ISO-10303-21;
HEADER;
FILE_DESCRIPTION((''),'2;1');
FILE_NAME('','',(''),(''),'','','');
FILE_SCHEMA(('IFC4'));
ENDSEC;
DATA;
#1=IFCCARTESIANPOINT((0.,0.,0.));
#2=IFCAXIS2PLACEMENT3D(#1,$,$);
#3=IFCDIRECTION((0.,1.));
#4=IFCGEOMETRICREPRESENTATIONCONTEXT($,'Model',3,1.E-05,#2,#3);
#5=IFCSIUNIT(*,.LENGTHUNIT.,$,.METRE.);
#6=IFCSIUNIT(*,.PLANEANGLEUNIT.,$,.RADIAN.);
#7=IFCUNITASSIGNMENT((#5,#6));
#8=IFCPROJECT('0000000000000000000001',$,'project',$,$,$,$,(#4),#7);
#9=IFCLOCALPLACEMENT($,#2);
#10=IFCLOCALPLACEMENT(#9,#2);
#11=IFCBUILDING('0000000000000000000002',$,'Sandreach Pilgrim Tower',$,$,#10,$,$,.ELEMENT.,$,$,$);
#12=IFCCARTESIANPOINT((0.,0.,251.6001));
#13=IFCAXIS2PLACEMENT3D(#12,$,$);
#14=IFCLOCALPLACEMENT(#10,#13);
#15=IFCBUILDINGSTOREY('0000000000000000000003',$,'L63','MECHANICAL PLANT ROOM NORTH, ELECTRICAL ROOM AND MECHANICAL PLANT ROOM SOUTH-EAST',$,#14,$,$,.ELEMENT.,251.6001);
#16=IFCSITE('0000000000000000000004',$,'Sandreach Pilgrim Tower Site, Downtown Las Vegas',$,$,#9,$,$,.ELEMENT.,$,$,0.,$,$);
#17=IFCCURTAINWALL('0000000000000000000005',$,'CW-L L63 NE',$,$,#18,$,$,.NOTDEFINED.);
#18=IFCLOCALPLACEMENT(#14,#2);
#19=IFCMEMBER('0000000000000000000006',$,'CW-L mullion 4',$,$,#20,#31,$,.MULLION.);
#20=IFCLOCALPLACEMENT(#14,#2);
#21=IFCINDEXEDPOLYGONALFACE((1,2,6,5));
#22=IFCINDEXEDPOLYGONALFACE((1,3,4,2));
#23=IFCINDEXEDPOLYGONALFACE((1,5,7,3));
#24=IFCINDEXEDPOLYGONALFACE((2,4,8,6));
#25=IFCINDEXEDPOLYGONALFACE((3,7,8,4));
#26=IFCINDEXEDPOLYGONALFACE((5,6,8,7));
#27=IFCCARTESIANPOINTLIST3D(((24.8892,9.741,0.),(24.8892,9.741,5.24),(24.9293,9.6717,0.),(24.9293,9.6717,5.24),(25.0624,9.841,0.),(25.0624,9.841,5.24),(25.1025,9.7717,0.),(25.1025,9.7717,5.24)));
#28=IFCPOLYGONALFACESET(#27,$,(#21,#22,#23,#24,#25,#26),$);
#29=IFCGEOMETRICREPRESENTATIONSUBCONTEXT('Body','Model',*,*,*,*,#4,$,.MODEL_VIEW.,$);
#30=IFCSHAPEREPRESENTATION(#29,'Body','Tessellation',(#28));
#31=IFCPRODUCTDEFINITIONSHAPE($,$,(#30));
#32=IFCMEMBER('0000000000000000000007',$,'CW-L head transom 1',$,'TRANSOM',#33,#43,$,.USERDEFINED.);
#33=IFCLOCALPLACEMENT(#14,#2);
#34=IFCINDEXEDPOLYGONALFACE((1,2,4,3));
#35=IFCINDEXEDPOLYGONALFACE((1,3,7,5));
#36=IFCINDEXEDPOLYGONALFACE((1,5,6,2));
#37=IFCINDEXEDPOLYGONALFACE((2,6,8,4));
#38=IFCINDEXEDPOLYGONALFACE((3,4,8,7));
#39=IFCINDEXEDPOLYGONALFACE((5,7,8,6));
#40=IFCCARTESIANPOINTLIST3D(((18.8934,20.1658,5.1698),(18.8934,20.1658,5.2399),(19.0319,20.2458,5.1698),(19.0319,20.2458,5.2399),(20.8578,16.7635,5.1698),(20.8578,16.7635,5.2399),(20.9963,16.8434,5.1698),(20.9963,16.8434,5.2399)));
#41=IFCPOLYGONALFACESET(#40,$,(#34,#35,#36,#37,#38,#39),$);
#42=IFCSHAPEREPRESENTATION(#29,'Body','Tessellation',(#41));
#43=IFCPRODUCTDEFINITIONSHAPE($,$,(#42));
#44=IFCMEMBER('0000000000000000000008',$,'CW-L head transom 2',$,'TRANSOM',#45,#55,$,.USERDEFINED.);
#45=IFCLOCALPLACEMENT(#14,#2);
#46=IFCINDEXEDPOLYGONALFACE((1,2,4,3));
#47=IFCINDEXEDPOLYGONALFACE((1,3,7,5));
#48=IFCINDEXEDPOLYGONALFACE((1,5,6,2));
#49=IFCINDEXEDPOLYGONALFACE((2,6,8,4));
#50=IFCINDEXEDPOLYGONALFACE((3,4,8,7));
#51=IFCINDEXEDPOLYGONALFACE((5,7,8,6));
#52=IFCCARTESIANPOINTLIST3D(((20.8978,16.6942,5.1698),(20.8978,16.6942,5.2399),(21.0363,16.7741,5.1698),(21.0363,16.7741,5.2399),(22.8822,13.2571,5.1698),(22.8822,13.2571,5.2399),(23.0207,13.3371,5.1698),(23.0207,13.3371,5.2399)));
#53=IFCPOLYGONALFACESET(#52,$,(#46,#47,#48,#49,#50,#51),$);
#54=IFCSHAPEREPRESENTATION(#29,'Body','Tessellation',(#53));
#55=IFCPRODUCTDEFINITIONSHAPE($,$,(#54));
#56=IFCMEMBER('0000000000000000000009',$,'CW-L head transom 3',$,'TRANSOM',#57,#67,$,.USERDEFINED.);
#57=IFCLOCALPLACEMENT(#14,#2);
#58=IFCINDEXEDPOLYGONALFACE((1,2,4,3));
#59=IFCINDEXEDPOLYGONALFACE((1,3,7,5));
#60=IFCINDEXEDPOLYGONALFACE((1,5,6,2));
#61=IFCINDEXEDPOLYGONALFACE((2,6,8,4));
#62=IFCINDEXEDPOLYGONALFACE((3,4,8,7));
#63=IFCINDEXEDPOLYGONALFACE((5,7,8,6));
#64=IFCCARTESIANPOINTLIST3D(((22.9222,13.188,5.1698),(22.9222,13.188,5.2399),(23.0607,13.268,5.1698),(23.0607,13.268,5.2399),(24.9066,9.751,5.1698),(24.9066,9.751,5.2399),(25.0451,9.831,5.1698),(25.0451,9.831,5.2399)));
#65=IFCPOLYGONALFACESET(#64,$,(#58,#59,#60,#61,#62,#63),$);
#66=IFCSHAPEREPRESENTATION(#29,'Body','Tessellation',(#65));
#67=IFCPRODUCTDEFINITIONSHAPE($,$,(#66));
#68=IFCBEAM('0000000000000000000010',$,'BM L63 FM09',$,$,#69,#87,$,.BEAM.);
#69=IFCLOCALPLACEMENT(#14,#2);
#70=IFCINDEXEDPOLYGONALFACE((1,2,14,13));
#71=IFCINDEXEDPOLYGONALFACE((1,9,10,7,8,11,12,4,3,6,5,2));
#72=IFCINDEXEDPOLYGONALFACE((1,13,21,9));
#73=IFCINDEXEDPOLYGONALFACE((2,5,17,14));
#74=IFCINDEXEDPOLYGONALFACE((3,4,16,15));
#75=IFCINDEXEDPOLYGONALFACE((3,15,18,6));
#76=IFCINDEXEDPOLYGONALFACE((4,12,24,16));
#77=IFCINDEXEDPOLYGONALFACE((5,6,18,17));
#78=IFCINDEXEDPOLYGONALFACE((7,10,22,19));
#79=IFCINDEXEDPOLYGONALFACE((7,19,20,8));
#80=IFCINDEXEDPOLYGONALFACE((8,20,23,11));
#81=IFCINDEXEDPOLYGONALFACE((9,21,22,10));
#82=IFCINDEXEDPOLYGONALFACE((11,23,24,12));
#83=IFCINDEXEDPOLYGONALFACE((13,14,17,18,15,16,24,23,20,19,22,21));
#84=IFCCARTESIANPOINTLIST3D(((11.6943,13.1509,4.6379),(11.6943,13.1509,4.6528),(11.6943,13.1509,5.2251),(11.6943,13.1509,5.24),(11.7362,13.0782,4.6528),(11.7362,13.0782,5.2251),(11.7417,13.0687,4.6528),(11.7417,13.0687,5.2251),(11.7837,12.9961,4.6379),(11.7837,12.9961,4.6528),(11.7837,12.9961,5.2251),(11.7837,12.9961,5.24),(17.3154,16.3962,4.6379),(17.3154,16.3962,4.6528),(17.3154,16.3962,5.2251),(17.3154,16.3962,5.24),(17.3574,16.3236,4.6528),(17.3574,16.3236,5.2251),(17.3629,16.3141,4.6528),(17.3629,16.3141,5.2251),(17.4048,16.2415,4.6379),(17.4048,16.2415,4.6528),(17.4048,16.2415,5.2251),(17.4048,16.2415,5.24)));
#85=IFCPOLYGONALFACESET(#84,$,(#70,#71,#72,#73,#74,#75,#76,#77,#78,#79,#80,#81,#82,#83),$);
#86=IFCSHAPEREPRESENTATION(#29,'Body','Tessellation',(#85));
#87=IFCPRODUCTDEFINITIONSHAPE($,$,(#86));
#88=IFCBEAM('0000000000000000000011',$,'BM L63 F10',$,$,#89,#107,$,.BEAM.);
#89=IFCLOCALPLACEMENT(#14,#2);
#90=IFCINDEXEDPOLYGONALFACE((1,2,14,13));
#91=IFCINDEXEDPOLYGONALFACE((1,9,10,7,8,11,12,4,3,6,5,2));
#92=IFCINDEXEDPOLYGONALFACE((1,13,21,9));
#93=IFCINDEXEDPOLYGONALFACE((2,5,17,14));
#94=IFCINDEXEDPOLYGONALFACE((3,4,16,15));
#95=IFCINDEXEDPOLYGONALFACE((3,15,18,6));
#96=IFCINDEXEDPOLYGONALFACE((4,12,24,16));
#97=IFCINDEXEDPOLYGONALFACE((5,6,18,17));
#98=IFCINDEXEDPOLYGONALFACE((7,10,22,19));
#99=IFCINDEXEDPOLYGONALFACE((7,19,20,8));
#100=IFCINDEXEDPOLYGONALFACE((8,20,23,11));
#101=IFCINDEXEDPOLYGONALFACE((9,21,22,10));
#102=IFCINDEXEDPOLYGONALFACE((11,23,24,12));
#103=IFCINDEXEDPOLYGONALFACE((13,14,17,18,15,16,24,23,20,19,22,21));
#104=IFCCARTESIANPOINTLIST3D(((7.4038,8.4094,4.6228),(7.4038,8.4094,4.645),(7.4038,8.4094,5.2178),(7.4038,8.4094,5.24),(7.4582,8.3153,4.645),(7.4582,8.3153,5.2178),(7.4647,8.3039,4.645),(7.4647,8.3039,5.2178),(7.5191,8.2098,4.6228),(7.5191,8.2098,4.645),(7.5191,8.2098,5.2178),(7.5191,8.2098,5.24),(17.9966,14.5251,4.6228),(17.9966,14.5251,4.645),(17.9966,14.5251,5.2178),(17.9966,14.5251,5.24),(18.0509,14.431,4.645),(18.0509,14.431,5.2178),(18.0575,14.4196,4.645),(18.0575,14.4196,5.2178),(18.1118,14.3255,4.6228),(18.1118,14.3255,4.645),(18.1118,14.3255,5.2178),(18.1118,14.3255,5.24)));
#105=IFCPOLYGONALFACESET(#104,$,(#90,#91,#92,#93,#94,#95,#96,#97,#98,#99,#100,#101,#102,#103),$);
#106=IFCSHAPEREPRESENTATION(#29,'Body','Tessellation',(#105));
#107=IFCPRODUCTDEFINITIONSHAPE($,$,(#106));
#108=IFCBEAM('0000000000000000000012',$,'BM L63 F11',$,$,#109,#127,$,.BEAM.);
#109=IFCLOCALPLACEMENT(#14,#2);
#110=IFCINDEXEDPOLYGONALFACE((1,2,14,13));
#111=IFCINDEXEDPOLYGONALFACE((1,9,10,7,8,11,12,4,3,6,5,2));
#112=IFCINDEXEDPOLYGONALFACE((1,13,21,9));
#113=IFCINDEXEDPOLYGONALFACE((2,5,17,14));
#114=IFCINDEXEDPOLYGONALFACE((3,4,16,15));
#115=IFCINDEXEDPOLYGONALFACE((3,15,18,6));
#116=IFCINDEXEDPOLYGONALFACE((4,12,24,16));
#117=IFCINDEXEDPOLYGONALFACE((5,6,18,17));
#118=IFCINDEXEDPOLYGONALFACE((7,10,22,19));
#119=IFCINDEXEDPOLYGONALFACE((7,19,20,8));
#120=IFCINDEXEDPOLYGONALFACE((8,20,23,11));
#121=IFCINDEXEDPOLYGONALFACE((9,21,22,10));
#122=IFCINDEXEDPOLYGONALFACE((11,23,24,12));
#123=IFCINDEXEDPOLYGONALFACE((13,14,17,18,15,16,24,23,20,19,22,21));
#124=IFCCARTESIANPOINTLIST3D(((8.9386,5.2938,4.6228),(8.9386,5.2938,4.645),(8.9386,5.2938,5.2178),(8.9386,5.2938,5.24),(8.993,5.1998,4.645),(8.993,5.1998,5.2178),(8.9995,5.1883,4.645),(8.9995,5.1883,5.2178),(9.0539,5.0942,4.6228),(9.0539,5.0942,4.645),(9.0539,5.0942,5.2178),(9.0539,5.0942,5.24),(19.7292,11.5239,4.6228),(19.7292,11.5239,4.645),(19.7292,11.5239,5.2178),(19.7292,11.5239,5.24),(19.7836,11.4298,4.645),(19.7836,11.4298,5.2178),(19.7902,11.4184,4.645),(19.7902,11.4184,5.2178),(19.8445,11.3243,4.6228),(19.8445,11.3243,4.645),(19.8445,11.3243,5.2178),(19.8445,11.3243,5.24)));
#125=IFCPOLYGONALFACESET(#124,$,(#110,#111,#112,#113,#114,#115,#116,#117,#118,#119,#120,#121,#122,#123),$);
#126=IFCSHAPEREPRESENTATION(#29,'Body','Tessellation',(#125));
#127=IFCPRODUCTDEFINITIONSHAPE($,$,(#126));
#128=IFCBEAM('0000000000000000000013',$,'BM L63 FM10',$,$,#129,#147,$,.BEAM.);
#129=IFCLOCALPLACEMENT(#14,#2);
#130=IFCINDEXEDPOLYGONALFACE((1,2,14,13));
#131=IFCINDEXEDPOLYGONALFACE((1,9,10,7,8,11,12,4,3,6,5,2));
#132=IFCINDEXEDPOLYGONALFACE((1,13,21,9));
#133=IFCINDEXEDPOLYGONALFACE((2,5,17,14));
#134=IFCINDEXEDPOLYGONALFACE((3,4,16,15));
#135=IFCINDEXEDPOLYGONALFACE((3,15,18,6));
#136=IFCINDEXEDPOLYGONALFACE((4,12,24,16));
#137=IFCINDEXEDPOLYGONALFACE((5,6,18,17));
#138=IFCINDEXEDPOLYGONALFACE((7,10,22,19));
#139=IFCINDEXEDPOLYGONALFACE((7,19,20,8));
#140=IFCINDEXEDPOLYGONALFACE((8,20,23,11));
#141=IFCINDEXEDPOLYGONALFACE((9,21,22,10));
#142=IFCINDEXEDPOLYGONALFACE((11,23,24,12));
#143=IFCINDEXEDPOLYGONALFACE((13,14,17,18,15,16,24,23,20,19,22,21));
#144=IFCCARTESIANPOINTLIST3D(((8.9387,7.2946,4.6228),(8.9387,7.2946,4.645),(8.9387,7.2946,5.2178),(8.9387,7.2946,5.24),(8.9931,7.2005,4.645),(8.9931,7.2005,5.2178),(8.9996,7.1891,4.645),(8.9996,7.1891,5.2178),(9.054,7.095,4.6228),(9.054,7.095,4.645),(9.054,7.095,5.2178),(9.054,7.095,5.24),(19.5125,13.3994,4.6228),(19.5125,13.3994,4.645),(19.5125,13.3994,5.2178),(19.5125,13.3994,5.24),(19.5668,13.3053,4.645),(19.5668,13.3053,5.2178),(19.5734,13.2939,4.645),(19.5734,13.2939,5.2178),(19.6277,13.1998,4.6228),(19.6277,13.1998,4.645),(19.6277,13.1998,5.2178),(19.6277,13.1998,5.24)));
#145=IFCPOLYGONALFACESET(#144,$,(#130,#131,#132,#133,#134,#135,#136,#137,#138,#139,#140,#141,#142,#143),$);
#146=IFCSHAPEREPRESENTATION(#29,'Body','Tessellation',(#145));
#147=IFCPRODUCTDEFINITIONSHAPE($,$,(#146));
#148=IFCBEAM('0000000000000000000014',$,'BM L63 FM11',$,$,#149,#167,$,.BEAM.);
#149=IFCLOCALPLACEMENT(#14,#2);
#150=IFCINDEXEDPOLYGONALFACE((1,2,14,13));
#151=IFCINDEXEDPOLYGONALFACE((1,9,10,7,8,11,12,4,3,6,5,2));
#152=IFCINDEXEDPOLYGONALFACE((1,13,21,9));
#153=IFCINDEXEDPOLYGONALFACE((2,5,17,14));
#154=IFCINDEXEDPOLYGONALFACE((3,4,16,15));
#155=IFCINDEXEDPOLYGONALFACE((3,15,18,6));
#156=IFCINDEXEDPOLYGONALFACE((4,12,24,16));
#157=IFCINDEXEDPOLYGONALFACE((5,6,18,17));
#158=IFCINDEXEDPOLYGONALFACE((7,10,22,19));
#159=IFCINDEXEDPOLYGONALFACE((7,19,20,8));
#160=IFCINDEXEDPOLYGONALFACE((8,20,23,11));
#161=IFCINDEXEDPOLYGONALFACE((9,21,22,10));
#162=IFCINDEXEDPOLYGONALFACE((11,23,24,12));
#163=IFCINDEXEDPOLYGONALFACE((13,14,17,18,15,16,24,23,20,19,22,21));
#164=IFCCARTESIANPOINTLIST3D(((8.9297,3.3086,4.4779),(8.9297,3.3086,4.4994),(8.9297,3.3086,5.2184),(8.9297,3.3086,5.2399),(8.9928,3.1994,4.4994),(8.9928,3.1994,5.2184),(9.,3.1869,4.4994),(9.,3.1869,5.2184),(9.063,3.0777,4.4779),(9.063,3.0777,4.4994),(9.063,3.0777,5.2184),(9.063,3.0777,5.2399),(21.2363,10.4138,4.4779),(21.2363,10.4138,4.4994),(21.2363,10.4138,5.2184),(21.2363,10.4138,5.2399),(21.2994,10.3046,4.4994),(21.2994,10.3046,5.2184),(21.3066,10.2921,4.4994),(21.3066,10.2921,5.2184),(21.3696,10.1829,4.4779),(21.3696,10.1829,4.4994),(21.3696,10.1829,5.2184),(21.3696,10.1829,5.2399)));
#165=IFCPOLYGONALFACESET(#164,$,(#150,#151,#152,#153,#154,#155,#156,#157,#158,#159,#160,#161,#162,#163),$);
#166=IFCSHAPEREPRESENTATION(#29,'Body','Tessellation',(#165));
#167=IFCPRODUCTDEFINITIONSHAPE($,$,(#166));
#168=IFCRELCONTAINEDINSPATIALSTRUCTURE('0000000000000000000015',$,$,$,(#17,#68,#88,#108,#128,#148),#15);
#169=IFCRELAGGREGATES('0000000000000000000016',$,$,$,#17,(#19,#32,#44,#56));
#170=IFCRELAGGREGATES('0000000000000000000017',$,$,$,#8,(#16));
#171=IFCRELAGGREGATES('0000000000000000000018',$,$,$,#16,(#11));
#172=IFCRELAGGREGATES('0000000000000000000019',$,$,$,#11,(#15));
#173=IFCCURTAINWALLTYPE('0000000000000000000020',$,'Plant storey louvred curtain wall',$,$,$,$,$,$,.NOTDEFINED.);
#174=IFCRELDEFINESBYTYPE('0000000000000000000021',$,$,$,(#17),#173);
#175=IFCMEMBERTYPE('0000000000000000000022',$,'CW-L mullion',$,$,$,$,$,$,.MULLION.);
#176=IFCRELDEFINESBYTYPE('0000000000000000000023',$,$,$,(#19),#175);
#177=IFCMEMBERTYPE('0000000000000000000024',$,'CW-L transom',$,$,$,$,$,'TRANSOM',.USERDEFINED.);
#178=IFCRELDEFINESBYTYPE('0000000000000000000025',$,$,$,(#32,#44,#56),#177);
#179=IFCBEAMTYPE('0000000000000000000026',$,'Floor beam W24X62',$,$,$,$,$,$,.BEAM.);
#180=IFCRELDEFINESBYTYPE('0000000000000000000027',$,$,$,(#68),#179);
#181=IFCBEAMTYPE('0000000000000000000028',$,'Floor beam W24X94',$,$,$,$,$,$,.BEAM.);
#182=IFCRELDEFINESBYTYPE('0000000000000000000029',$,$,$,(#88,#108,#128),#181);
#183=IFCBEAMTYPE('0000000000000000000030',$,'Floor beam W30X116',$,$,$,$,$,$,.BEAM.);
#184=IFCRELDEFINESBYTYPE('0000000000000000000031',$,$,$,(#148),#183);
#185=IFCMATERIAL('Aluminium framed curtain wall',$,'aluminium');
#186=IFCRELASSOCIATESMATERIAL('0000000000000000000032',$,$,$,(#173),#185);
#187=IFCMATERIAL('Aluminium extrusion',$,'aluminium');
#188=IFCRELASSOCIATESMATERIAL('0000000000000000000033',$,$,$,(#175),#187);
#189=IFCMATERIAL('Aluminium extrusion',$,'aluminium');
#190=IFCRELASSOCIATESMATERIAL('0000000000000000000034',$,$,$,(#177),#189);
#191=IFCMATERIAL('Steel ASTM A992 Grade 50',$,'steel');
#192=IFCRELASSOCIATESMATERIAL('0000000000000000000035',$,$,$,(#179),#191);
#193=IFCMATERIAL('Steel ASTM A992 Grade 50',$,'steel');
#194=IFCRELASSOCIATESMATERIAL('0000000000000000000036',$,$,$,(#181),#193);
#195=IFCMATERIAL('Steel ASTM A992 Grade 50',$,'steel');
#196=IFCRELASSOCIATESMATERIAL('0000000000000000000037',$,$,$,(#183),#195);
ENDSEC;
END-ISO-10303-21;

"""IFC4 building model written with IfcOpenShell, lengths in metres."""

from ifc_helpers import new_model, si_unit, direction, frame, origin, origin_2d, place, context, subcontext, project, spatial, rectangle, i_section, extrude, material, material_profile, profile_set, type_object, element, aggregate, save


model = new_model("IFC4")

# Units and contexts
model_context = context("Model", 3, precision=1e-05, world=origin(), true_north=direction((0.0, 1.0)))
body_context = subcontext(model_context, "Body", "Model", "MODEL_VIEW")
ifc_project = project(units=[si_unit("LENGTHUNIT", "METRE"), si_unit("PLANEANGLEUNIT", "RADIAN")], contexts=[model_context])

# Site, building, storey
site_placement = place(None, origin())
site = spatial("IfcSite", under=ifc_project, at=site_placement, Name="Sandreach Pilgrim Tower Site, Downtown Las Vegas", CompositionType="ELEMENT", RefElevation=0.0)
building_placement = place(site_placement, origin())
building = spatial("IfcBuilding", under=site, at=building_placement, Name="Sandreach Pilgrim Tower", CompositionType="ELEMENT")
storey_placement = place(building_placement, frame((0.0, 0.0, 251.6001)))
storey = spatial("IfcBuildingStorey", under=building, at=storey_placement, Name="L63", Description="MECHANICAL PLANT ROOM NORTH, ELECTRICAL ROOM AND MECHANICAL PLANT ROOM SOUTH-EAST", CompositionType="ELEMENT", Elevation=251.6001)

# Shared definitions
ifc_material_1 = material(Name="Aluminium framed curtain wall", Category="aluminium")
curtain_wall_type = type_object("IfcCurtainWallType", Name="Plant storey louvred curtain wall", PredefinedType="NOTDEFINED", material=ifc_material_1)
ifc_material_2 = material(Name="Aluminium extrusion", Category="aluminium")
ifc_material_profile_1 = material_profile(ifc_material_2, rectangle(XDim=0.0801, YDim=0.2, at=origin_2d()), Name="CW-LM 80X200")
ifc_profile_set_1 = profile_set([ifc_material_profile_1], Name="Aluminium extrusion")
member_type_1 = type_object("IfcMemberType", Name="CW-L mullion", PredefinedType="MULLION", material=ifc_profile_set_1)

# Curtain wall, members
curtain_wall_1_placement = place(storey_placement, origin())
curtain_wall_1 = element("IfcCurtainWall", 1, at=curtain_wall_1_placement, inside=storey, type_object=curtain_wall_type, Name="CW-L L63 NE", PredefinedType="NOTDEFINED")
member_1_placement = place(storey_placement, frame((24.9958, 9.7563, 0.0), z_axis=(0.0, 0.0, 1.0), x_axis=(0.5, -0.866025, 0.0)))
member_1 = element("IfcMember", 2, at=member_1_placement, type_object=member_type_1, Name="CW-L mullion 4", PredefinedType="MULLION", context=body_context, shape_type="SweptSolid", body=[
    extrude(rectangle(XDim=0.0801, YDim=0.2, at=origin_2d()), origin(), (0.0, 0.0, 1.0), 5.24),
])
ifc_material_3 = material(Name="Aluminium extrusion", Category="aluminium")
ifc_material_profile_2 = material_profile(ifc_material_3, rectangle(XDim=0.1599, YDim=0.0701, at=origin_2d()), Name="CW-LT 160X70")
ifc_profile_set_2 = profile_set([ifc_material_profile_2], Name="Aluminium extrusion")
member_type_2 = type_object("IfcMemberType", Name="CW-L transom", ElementType="TRANSOM", PredefinedType="USERDEFINED", material=ifc_profile_set_2)
member_2_placement = place(storey_placement, frame((18.9626, 20.2058, 5.2048), z_axis=(0.500002, -0.866024, 0.0), x_axis=(0.866024, 0.500002, 0.0)))
member_2 = element("IfcMember", 3, at=member_2_placement, type_object=member_type_2, Name="CW-L head transom 1", ObjectType="TRANSOM", PredefinedType="USERDEFINED", context=body_context, shape_type="SweptSolid", body=[
    extrude(rectangle(XDim=0.1599, YDim=0.0701, at=origin_2d()), origin(), (0.0, 0.0, 1.0), 3.9287),
])
member_3_placement = place(storey_placement, frame((20.967, 16.7341, 5.2048), z_axis=(0.500003, -0.866024, 0.0), x_axis=(0.866024, 0.500003, 0.0)))
member_3 = element("IfcMember", 4, at=member_3_placement, type_object=member_type_2, Name="CW-L head transom 2", ObjectType="TRANSOM", PredefinedType="USERDEFINED", context=body_context, shape_type="SweptSolid", body=[
    extrude(rectangle(XDim=0.1599, YDim=0.0701, at=origin_2d()), origin(), (0.0, 0.0, 1.0), 3.9688),
])
member_4_placement = place(storey_placement, frame((22.9915, 13.228, 5.2048), z_axis=(0.500003, -0.866024, 0.0), x_axis=(0.866024, 0.500003, 0.0)))
member_4 = element("IfcMember", 5, at=member_4_placement, type_object=member_type_2, Name="CW-L head transom 3", ObjectType="TRANSOM", PredefinedType="USERDEFINED", context=body_context, shape_type="SweptSolid", body=[
    extrude(rectangle(XDim=0.1599, YDim=0.0701, at=origin_2d()), origin(), (0.0, 0.0, 1.0), 3.9688),
])

# Beams
ifc_material_4 = material(Name="Steel ASTM A992 Grade 50", Category="steel")
ifc_material_profile_3 = material_profile(ifc_material_4, i_section(OverallWidth=0.1787, OverallDepth=0.6021, WebThickness=0.011, FlangeThickness=0.0149, at=origin_2d()), Name="W24X62")
ifc_profile_set_3 = profile_set([ifc_material_profile_3], Name="Steel ASTM A992 Grade 50")
beam_type_1 = type_object("IfcBeamType", Name="Floor beam W24X62", PredefinedType="BEAM", material=ifc_profile_set_3)
beam_1_placement = place(storey_placement, frame((17.3601, 16.3188, 4.939), z_axis=(-0.866024, -0.500002, 0.0), x_axis=(0.500002, -0.866024, 0.0)))
element("IfcBeam", 6, at=beam_1_placement, inside=storey, type_object=beam_type_1, Name="BM L63 FM09", PredefinedType="BEAM", context=body_context, shape_type="SweptSolid", body=[
    extrude(i_section(OverallWidth=0.1787, OverallDepth=0.6021, WebThickness=0.011, FlangeThickness=0.0149, at=origin_2d()), origin(), (0.0, 0.0, 1.0), 6.4907),
])
ifc_material_5 = material(Name="Steel ASTM A992 Grade 50", Category="steel")
ifc_material_profile_4 = material_profile(ifc_material_5, i_section(OverallWidth=0.2305, OverallDepth=0.6172, WebThickness=0.0132, FlangeThickness=0.0222, at=origin_2d()), Name="W24X94")
ifc_profile_set_4 = profile_set([ifc_material_profile_4], Name="Steel ASTM A992 Grade 50")
beam_type_2 = type_object("IfcBeamType", Name="Floor beam W24X94", PredefinedType="BEAM", material=ifc_profile_set_4)
beam_2_placement = place(storey_placement, frame((18.0542, 14.4253, 4.9314), z_axis=(-0.866026, -0.499999, 0.0), x_axis=(0.499999, -0.866026, 0.0)))
element("IfcBeam", 7, at=beam_2_placement, inside=storey, type_object=beam_type_2, Name="BM L63 F10", PredefinedType="BEAM", context=body_context, shape_type="SweptSolid", body=[
    extrude(i_section(OverallWidth=0.2305, OverallDepth=0.6172, WebThickness=0.0132, FlangeThickness=0.0222, at=origin_2d()), origin(), (0.0, 0.0, 1.0), 12.2314),
])
beam_3_placement = place(storey_placement, frame((19.7869, 11.4241, 4.9314), z_axis=(-0.866023, -0.500004, 0.0), x_axis=(0.500004, -0.866023, 0.0)))
element("IfcBeam", 8, at=beam_3_placement, inside=storey, type_object=beam_type_2, Name="BM L63 F11", PredefinedType="BEAM", context=body_context, shape_type="SweptSolid", body=[
    extrude(i_section(OverallWidth=0.2305, OverallDepth=0.6172, WebThickness=0.0132, FlangeThickness=0.0222, at=origin_2d()), origin(), (0.0, 0.0, 1.0), 12.46),
])
beam_4_placement = place(storey_placement, frame((19.5701, 13.2996, 4.9314), z_axis=(-0.866026, -0.499999, 0.0), x_axis=(0.499999, -0.866026, 0.0)))
element("IfcBeam", 9, at=beam_4_placement, inside=storey, type_object=beam_type_2, Name="BM L63 FM10", PredefinedType="BEAM", context=body_context, shape_type="SweptSolid", body=[
    extrude(i_section(OverallWidth=0.2305, OverallDepth=0.6172, WebThickness=0.0132, FlangeThickness=0.0222, at=origin_2d()), origin(), (0.0, 0.0, 1.0), 12.2095),
])
ifc_material_6 = material(Name="Steel ASTM A992 Grade 50", Category="steel")
ifc_material_profile_5 = material_profile(ifc_material_6, i_section(OverallWidth=0.2666, OverallDepth=0.762, WebThickness=0.0144, FlangeThickness=0.0215, at=origin_2d()), Name="W30X116")
ifc_profile_set_5 = profile_set([ifc_material_profile_5], Name="Steel ASTM A992 Grade 50")
beam_type_3 = type_object("IfcBeamType", Name="Floor beam W30X116", PredefinedType="BEAM", material=ifc_profile_set_5)
beam_5_placement = place(storey_placement, frame((21.303, 10.2983, 4.8589), z_axis=(-0.866026, -0.499999, 0.0), x_axis=(0.499999, -0.866026, 0.0)))
element("IfcBeam", 10, at=beam_5_placement, inside=storey, type_object=beam_type_3, Name="BM L63 FM11", PredefinedType="BEAM", context=body_context, shape_type="SweptSolid", body=[
    extrude(i_section(OverallWidth=0.2666, OverallDepth=0.762, WebThickness=0.0144, FlangeThickness=0.0215, at=origin_2d()), origin(), (0.0, 0.0, 1.0), 14.2104),
])

aggregate(curtain_wall_1, [member_1, member_2, member_3, member_4])

save(model, "model.ifc")
